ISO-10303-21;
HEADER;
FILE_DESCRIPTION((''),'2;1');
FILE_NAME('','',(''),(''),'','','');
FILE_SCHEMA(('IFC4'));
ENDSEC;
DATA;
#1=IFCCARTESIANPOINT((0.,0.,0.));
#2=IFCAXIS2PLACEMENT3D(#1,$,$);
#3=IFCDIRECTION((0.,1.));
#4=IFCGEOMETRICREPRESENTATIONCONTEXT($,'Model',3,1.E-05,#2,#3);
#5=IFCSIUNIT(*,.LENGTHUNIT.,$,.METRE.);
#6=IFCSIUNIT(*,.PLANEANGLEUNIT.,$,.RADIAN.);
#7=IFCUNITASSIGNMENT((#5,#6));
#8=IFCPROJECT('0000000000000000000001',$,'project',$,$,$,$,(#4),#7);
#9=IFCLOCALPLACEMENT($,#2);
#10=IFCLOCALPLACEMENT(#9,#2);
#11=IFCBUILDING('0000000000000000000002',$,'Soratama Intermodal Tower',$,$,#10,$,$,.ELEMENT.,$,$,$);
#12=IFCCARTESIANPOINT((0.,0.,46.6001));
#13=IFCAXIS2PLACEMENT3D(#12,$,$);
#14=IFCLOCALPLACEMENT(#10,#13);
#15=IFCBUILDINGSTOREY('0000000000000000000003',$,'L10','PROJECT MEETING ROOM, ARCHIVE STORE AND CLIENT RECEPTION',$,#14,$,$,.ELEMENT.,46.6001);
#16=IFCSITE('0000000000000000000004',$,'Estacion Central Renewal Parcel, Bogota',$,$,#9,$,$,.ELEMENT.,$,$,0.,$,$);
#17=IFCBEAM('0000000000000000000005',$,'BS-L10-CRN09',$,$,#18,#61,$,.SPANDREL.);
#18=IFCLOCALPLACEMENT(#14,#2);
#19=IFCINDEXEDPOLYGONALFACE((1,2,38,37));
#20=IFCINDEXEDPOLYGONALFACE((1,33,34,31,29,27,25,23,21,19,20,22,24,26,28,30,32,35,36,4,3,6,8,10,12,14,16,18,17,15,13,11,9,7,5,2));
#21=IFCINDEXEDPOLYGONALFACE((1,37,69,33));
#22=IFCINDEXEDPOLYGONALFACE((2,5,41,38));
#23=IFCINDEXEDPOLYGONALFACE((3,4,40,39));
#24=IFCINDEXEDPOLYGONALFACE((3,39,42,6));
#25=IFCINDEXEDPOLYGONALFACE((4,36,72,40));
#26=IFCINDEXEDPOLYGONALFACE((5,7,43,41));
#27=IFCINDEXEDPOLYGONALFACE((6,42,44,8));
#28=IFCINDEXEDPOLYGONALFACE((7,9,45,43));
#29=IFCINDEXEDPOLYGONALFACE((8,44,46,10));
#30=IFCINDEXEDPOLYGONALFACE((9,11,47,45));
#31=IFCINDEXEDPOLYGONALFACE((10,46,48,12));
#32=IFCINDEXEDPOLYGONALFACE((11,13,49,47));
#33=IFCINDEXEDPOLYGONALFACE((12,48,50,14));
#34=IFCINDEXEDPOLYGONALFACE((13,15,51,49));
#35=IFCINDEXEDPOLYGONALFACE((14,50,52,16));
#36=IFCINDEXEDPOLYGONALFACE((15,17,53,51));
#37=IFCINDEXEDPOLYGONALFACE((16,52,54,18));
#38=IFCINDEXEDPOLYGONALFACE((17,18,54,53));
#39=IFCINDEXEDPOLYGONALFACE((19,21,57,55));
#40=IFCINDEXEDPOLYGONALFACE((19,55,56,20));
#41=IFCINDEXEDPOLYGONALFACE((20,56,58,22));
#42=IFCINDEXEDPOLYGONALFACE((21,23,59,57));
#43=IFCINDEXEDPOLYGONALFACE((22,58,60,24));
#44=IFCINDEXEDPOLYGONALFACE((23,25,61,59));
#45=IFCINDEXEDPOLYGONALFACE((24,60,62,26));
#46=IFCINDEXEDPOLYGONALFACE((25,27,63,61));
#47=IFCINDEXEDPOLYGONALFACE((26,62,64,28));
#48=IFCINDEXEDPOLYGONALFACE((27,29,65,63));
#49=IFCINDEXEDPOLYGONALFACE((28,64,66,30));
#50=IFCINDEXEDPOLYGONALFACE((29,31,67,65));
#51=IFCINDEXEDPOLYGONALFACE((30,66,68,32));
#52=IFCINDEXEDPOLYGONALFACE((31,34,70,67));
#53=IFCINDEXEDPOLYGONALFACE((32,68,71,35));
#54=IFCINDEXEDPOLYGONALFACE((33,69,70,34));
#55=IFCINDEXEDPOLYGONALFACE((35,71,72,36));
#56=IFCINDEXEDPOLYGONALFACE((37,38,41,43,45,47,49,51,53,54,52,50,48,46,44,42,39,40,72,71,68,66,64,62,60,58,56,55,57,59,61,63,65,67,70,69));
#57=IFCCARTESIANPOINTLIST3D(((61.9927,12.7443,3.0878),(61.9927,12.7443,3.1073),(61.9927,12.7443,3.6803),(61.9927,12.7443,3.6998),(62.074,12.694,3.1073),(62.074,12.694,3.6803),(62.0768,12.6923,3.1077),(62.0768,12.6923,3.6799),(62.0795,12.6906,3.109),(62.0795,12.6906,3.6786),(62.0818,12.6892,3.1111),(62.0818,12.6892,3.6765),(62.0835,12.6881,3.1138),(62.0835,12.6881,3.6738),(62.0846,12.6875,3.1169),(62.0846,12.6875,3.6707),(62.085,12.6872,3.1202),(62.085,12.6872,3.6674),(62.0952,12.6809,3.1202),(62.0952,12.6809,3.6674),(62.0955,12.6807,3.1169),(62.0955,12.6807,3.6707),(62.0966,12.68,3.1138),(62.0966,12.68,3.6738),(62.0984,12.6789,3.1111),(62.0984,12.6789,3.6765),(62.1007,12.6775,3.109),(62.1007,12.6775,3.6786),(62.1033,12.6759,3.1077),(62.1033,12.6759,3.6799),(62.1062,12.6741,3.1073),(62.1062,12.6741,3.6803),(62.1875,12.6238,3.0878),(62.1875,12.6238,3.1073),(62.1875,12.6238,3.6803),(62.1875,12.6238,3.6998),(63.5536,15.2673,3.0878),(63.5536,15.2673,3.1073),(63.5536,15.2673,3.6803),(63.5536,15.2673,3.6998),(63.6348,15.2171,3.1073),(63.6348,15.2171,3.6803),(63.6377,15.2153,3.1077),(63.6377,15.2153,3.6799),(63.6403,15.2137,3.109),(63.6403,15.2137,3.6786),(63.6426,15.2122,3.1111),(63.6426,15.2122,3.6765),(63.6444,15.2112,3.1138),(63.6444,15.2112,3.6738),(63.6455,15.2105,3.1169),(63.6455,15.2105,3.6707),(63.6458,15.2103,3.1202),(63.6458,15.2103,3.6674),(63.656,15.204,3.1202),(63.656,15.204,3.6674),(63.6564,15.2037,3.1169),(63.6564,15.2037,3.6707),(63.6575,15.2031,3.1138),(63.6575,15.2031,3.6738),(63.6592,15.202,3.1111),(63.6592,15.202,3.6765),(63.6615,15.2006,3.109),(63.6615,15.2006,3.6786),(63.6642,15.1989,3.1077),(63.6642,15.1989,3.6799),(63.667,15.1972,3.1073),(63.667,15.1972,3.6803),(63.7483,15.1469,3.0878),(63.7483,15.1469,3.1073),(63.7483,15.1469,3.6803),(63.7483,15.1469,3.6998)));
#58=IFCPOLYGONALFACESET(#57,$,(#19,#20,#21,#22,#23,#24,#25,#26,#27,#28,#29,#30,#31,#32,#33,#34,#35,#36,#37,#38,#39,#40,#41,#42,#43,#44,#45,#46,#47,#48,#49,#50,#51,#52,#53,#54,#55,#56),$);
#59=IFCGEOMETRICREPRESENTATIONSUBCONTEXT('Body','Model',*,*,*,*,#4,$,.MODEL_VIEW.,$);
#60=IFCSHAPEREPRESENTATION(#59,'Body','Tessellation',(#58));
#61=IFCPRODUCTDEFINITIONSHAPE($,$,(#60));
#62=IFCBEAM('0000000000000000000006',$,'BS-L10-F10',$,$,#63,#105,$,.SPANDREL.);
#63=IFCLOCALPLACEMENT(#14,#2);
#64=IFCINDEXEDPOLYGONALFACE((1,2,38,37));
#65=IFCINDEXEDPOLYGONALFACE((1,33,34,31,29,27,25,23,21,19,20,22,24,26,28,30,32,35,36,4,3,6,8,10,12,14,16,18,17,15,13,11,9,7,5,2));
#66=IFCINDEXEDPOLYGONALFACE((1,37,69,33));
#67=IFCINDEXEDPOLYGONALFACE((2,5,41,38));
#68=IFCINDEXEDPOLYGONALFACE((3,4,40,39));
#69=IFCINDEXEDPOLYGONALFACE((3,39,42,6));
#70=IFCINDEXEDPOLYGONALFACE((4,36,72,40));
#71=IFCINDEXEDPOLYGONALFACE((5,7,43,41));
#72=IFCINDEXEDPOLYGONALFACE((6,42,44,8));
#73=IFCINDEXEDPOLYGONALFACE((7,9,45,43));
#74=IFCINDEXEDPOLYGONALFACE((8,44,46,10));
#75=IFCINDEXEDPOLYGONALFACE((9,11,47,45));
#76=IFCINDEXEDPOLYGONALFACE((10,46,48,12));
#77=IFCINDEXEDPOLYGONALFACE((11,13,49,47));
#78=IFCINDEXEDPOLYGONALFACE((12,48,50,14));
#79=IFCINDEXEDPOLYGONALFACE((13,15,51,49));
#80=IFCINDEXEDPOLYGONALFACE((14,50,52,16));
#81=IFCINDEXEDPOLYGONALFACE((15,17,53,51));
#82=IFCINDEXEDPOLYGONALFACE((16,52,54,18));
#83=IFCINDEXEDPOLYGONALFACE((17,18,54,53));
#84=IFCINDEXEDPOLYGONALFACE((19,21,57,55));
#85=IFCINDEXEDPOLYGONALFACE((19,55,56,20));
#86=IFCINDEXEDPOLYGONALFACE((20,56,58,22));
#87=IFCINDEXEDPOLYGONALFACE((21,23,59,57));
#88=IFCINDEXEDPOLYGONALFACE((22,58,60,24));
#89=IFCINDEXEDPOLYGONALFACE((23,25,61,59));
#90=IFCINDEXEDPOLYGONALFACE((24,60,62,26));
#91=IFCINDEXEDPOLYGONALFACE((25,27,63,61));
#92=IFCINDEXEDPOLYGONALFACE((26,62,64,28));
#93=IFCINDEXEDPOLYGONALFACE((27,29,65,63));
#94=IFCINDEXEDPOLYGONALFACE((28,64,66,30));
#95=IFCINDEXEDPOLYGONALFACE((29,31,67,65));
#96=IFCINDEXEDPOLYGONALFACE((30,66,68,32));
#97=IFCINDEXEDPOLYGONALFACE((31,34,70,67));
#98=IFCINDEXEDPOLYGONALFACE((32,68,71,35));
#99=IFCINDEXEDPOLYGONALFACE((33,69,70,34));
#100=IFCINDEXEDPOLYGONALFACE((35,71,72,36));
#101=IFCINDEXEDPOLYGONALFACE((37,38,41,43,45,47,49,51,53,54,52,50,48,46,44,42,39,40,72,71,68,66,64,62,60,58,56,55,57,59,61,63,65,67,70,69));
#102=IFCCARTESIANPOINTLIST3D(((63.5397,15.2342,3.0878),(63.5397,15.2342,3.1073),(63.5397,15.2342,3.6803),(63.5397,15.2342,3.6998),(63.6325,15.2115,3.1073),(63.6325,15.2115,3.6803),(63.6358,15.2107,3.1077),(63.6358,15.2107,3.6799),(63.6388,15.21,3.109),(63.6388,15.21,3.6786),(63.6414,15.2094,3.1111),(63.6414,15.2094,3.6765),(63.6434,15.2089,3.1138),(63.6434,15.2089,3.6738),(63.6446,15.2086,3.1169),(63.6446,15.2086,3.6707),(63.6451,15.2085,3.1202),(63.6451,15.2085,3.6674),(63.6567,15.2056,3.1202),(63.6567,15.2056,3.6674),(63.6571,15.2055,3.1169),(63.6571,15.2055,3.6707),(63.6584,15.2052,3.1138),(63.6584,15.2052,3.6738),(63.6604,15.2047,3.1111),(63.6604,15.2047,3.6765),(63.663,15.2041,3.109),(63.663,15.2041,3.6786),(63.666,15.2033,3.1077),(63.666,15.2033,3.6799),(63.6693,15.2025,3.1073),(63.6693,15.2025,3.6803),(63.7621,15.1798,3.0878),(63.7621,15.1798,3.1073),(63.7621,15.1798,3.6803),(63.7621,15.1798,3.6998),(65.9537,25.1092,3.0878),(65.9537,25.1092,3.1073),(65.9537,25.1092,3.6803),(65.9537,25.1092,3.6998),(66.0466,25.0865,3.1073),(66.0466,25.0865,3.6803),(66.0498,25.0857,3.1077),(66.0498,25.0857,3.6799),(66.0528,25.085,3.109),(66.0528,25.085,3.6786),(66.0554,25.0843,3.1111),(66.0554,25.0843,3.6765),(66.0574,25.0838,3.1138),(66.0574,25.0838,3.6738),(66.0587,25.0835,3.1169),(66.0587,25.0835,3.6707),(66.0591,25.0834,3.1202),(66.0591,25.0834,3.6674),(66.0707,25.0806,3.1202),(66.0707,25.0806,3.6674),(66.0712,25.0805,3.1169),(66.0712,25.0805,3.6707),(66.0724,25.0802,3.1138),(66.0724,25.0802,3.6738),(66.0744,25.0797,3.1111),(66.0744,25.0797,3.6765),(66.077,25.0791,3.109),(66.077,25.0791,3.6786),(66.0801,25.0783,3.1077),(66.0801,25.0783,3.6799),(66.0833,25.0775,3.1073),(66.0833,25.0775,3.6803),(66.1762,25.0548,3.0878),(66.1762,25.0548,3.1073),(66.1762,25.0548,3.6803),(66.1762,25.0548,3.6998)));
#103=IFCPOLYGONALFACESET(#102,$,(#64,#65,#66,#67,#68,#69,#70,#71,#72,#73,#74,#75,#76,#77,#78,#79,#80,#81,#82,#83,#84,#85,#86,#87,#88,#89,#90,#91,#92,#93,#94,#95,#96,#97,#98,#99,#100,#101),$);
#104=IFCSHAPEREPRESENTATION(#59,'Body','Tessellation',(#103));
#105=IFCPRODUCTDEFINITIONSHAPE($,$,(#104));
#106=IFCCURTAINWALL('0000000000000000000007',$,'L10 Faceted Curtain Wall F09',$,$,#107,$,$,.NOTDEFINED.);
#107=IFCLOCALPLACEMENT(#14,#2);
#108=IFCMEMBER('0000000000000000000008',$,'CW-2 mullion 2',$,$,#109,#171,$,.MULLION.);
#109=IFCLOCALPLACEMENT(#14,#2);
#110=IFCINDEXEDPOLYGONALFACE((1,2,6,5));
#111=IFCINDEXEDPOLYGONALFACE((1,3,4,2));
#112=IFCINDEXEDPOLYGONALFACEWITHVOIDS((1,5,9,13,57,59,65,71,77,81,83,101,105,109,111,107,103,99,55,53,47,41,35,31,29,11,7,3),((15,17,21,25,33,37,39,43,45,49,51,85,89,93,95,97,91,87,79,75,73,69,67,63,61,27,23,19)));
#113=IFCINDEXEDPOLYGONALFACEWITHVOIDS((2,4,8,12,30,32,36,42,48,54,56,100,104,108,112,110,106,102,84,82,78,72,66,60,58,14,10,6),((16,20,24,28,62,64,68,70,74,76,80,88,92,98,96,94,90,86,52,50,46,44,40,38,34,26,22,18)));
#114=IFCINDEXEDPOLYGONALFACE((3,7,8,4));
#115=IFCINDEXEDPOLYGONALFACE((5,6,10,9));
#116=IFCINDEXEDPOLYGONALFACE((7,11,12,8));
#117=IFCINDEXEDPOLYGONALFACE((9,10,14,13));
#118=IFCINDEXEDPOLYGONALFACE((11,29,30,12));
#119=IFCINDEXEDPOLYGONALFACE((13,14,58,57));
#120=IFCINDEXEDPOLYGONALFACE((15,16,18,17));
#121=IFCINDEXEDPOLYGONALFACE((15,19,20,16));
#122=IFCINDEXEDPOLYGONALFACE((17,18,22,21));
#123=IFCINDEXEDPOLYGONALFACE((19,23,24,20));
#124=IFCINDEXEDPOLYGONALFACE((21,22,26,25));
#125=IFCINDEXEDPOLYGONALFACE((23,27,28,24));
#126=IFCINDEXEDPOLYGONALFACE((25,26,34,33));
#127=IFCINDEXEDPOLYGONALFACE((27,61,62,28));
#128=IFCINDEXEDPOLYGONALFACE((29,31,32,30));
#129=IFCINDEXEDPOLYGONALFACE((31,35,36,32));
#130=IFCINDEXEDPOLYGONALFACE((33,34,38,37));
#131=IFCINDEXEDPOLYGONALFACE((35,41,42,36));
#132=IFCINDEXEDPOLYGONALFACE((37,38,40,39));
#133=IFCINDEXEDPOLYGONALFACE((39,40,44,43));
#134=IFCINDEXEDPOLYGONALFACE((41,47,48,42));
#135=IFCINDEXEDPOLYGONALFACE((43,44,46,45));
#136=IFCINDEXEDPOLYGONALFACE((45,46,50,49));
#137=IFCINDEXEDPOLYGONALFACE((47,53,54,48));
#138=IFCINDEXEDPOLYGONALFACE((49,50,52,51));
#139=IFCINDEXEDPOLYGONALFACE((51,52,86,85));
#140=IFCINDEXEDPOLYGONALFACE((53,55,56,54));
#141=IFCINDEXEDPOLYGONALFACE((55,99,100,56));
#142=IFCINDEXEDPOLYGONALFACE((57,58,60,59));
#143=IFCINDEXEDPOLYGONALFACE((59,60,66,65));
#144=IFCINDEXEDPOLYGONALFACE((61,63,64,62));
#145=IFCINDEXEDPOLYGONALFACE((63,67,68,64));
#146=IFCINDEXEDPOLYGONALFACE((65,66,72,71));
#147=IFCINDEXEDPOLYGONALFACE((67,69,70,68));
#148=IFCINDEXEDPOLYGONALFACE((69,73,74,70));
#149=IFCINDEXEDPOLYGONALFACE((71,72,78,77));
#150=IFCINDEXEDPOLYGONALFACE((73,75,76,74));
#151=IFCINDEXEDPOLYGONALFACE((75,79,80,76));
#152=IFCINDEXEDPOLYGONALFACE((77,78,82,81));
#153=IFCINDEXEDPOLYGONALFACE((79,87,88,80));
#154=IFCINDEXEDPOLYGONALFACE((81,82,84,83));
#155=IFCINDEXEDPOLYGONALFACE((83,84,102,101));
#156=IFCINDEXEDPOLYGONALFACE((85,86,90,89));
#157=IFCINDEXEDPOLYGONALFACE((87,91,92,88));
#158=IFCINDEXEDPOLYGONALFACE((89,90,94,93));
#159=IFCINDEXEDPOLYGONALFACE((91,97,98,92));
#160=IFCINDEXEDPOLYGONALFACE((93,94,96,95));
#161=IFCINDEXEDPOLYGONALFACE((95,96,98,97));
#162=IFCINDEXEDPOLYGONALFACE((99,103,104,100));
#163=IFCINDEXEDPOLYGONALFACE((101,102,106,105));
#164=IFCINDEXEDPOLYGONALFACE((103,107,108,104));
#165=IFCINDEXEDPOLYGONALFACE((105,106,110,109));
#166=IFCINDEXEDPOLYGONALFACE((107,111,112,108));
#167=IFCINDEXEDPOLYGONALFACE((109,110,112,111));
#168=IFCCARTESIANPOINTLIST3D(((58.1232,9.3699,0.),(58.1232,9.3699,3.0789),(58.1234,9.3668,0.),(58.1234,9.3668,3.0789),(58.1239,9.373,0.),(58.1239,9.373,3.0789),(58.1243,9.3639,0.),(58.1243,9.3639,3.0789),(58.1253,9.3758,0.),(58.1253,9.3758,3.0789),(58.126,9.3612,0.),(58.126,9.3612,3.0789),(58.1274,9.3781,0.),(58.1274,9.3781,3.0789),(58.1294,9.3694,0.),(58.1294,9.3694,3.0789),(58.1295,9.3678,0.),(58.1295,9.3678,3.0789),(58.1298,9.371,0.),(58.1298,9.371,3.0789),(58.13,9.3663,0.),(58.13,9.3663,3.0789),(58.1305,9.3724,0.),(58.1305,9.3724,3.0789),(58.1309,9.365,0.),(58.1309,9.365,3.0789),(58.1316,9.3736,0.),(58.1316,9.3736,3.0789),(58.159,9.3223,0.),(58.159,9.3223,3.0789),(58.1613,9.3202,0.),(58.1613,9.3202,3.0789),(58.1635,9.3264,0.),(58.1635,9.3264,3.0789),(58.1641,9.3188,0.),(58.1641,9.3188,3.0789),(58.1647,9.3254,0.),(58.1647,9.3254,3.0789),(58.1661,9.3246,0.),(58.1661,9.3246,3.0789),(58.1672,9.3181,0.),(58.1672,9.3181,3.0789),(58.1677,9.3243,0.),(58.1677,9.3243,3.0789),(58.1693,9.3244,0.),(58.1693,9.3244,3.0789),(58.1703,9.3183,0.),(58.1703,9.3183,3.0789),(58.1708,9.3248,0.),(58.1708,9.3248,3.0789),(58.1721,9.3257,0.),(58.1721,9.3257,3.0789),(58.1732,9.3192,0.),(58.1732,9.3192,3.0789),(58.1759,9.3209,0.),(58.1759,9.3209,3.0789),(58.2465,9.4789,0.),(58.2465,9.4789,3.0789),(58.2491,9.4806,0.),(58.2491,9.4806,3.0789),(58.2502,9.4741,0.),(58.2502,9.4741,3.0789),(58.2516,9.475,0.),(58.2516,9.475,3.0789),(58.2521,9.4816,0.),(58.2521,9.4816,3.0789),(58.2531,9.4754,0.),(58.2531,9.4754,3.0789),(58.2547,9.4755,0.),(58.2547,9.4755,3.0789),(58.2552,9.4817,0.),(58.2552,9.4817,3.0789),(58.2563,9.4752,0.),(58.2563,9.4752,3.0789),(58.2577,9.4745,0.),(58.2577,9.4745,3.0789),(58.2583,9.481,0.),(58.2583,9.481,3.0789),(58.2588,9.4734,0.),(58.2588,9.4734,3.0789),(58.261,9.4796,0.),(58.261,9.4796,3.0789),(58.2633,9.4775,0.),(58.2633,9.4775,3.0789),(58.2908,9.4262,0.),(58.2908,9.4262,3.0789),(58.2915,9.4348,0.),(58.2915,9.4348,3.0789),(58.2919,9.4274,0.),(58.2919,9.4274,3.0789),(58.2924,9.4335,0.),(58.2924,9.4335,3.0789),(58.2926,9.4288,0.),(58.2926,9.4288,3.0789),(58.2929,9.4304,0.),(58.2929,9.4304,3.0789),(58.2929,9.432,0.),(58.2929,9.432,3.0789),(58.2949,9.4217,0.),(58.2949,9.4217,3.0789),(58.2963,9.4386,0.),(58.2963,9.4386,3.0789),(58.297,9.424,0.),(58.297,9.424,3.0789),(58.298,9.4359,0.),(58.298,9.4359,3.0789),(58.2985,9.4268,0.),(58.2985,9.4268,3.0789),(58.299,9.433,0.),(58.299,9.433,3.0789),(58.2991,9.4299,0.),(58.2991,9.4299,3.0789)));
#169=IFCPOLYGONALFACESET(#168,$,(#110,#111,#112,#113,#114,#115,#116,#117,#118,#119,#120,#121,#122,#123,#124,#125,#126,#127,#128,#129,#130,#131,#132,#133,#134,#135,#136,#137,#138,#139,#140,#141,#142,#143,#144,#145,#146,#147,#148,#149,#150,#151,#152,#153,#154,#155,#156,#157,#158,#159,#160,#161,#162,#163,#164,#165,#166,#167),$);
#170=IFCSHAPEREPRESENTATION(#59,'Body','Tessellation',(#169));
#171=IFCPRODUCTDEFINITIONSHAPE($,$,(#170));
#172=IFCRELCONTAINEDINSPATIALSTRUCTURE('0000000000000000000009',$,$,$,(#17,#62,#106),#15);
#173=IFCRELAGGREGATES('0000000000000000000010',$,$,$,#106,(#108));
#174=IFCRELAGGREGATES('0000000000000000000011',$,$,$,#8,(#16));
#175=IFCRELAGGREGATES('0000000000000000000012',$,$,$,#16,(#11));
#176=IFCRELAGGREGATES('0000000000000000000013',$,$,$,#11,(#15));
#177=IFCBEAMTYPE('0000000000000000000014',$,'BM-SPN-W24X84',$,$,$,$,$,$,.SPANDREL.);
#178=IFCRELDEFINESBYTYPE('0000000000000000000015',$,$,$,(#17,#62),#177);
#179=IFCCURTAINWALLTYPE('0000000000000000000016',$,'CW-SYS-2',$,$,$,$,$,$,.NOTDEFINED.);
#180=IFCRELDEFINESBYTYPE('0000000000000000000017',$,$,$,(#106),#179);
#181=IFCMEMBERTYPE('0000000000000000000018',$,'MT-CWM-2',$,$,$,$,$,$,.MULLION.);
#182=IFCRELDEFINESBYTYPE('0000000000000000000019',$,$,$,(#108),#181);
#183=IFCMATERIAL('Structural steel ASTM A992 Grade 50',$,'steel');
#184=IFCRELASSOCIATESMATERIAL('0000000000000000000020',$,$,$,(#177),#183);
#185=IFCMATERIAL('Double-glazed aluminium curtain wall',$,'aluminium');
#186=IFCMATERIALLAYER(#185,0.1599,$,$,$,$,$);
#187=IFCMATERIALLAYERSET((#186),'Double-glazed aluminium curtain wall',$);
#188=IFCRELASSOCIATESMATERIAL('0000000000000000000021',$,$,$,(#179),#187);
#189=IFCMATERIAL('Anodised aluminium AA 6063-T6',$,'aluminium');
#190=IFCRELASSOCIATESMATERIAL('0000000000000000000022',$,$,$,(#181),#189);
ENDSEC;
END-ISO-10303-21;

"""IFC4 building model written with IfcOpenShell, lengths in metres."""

from ifc_helpers import new_model, si_unit, direction, frame, origin, origin_2d, place, context, subcontext, project, spatial, hollow_rectangle, i_section, extrude, material, layer, layer_set, material_profile, profile_set, type_object, element, aggregate, save


model = new_model("IFC4")

# Units and contexts
model_context = context("Model", 3, precision=1e-05, world=origin(), true_north=direction((0.0, 1.0)))
body_context = subcontext(model_context, "Body", "Model", "MODEL_VIEW")
ifc_project = project(units=[si_unit("LENGTHUNIT", "METRE"), si_unit("PLANEANGLEUNIT", "RADIAN")], contexts=[model_context])

# Site, building, storey
site_placement = place(None, origin())
site = spatial("IfcSite", under=ifc_project, at=site_placement, Name="Estacion Central Renewal Parcel, Bogota", CompositionType="ELEMENT", RefElevation=0.0)
building_placement = place(site_placement, origin())
building = spatial("IfcBuilding", under=site, at=building_placement, Name="Soratama Intermodal Tower", CompositionType="ELEMENT")
storey_placement = place(building_placement, frame((0.0, 0.0, 46.6001)))
storey = spatial("IfcBuildingStorey", under=building, at=storey_placement, Name="L10", Description="PROJECT MEETING ROOM, ARCHIVE STORE AND CLIENT RECEPTION", CompositionType="ELEMENT", Elevation=46.6001)

# Beams
ifc_material_1 = material(Name="Structural steel ASTM A992 Grade 50", Category="steel")
ifc_material_profile_1 = material_profile(ifc_material_1, i_section(OverallWidth=0.229, OverallDepth=0.6121, WebThickness=0.012, FlangeThickness=0.0195, FilletRadius=0.0129, at=origin_2d()), Name="W24X84")
ifc_profile_set_1 = profile_set([ifc_material_profile_1], Name="Structural steel ASTM A992 Grade 50")
beam_type_1 = type_object("IfcBeamType", Name="BM-SPN-W24X84", PredefinedType="SPANDREL", material=ifc_profile_set_1)
beam_1_placement = place(storey_placement, frame((62.0901, 12.6841, 3.3938), z_axis=(0.526102, 0.850421, 0.0), x_axis=(-0.850421, 0.526102, 0.0)))
element("IfcBeam", 1, at=beam_1_placement, inside=storey, type_object=beam_type_1, Name="BS-L10-CRN09", PredefinedType="SPANDREL", context=body_context, shape_type="SweptSolid", body=[
    extrude(i_section(OverallWidth=0.229, OverallDepth=0.6121, WebThickness=0.012, FlangeThickness=0.0195, FilletRadius=0.0129, at=origin_2d()), origin(), (0.0, 0.0, 1.0), 2.9668),
])
beam_2_placement = place(storey_placement, frame((63.6509, 15.207, 3.3938), z_axis=(0.237469, 0.971395, 0.0), x_axis=(-0.971395, 0.237469, 0.0)))
element("IfcBeam", 2, at=beam_2_placement, inside=storey, type_object=beam_type_1, Name="BS-L10-F10", PredefinedType="SPANDREL", context=body_context, shape_type="SweptSolid", body=[
    extrude(i_section(OverallWidth=0.229, OverallDepth=0.6121, WebThickness=0.012, FlangeThickness=0.0195, FilletRadius=0.0129, at=origin_2d()), origin(), (0.0, 0.0, 1.0), 10.1658),
])

# Curtain wall, member
ifc_material_2 = material(Name="Double-glazed aluminium curtain wall", Category="aluminium")
ifc_layer_1 = layer(ifc_material_2, 0.1599)
ifc_layer_set_1 = layer_set([ifc_layer_1], Name="Double-glazed aluminium curtain wall")
curtain_wall_type = type_object("IfcCurtainWallType", Name="CW-SYS-2", PredefinedType="NOTDEFINED", material=ifc_layer_set_1)
curtain_wall_placement = place(storey_placement, origin())
curtain_wall = element("IfcCurtainWall", 3, at=curtain_wall_placement, inside=storey, type_object=curtain_wall_type, Name="L10 Faceted Curtain Wall F09", PredefinedType="NOTDEFINED")
ifc_material_3 = material(Name="Anodised aluminium AA 6063-T6", Category="aluminium")
ifc_material_profile_2 = material_profile(ifc_material_3, hollow_rectangle(XDim=0.075, YDim=0.1799, WallThickness=0.0061, InnerFilletRadius=0.0061, OuterFilletRadius=0.012, at=origin_2d()), Name="CWM180X75X6")
ifc_profile_set_2 = profile_set([ifc_material_profile_2], Name="Anodised aluminium AA 6063-T6")
member_type_1 = type_object("IfcMemberType", Name="MT-CWM-2", PredefinedType="MULLION", material=ifc_profile_set_2)
member_1_placement = place(storey_placement, frame((58.2112, 9.3999, 0.0), z_axis=(0.0, 0.0, 1.0), x_axis=(-0.646259, 0.763118, 0.0)))
member_1 = element("IfcMember", 4, at=member_1_placement, type_object=member_type_1, Name="CW-2 mullion 2", PredefinedType="MULLION", context=body_context, shape_type="SweptSolid", body=[
    extrude(hollow_rectangle(XDim=0.075, YDim=0.1799, WallThickness=0.0061, InnerFilletRadius=0.0061, OuterFilletRadius=0.012, at=origin_2d()), origin(), (0.0, 0.0, 1.0), 3.0789),
])
aggregate(curtain_wall, [member_1])

save(model, "model.ifc")
